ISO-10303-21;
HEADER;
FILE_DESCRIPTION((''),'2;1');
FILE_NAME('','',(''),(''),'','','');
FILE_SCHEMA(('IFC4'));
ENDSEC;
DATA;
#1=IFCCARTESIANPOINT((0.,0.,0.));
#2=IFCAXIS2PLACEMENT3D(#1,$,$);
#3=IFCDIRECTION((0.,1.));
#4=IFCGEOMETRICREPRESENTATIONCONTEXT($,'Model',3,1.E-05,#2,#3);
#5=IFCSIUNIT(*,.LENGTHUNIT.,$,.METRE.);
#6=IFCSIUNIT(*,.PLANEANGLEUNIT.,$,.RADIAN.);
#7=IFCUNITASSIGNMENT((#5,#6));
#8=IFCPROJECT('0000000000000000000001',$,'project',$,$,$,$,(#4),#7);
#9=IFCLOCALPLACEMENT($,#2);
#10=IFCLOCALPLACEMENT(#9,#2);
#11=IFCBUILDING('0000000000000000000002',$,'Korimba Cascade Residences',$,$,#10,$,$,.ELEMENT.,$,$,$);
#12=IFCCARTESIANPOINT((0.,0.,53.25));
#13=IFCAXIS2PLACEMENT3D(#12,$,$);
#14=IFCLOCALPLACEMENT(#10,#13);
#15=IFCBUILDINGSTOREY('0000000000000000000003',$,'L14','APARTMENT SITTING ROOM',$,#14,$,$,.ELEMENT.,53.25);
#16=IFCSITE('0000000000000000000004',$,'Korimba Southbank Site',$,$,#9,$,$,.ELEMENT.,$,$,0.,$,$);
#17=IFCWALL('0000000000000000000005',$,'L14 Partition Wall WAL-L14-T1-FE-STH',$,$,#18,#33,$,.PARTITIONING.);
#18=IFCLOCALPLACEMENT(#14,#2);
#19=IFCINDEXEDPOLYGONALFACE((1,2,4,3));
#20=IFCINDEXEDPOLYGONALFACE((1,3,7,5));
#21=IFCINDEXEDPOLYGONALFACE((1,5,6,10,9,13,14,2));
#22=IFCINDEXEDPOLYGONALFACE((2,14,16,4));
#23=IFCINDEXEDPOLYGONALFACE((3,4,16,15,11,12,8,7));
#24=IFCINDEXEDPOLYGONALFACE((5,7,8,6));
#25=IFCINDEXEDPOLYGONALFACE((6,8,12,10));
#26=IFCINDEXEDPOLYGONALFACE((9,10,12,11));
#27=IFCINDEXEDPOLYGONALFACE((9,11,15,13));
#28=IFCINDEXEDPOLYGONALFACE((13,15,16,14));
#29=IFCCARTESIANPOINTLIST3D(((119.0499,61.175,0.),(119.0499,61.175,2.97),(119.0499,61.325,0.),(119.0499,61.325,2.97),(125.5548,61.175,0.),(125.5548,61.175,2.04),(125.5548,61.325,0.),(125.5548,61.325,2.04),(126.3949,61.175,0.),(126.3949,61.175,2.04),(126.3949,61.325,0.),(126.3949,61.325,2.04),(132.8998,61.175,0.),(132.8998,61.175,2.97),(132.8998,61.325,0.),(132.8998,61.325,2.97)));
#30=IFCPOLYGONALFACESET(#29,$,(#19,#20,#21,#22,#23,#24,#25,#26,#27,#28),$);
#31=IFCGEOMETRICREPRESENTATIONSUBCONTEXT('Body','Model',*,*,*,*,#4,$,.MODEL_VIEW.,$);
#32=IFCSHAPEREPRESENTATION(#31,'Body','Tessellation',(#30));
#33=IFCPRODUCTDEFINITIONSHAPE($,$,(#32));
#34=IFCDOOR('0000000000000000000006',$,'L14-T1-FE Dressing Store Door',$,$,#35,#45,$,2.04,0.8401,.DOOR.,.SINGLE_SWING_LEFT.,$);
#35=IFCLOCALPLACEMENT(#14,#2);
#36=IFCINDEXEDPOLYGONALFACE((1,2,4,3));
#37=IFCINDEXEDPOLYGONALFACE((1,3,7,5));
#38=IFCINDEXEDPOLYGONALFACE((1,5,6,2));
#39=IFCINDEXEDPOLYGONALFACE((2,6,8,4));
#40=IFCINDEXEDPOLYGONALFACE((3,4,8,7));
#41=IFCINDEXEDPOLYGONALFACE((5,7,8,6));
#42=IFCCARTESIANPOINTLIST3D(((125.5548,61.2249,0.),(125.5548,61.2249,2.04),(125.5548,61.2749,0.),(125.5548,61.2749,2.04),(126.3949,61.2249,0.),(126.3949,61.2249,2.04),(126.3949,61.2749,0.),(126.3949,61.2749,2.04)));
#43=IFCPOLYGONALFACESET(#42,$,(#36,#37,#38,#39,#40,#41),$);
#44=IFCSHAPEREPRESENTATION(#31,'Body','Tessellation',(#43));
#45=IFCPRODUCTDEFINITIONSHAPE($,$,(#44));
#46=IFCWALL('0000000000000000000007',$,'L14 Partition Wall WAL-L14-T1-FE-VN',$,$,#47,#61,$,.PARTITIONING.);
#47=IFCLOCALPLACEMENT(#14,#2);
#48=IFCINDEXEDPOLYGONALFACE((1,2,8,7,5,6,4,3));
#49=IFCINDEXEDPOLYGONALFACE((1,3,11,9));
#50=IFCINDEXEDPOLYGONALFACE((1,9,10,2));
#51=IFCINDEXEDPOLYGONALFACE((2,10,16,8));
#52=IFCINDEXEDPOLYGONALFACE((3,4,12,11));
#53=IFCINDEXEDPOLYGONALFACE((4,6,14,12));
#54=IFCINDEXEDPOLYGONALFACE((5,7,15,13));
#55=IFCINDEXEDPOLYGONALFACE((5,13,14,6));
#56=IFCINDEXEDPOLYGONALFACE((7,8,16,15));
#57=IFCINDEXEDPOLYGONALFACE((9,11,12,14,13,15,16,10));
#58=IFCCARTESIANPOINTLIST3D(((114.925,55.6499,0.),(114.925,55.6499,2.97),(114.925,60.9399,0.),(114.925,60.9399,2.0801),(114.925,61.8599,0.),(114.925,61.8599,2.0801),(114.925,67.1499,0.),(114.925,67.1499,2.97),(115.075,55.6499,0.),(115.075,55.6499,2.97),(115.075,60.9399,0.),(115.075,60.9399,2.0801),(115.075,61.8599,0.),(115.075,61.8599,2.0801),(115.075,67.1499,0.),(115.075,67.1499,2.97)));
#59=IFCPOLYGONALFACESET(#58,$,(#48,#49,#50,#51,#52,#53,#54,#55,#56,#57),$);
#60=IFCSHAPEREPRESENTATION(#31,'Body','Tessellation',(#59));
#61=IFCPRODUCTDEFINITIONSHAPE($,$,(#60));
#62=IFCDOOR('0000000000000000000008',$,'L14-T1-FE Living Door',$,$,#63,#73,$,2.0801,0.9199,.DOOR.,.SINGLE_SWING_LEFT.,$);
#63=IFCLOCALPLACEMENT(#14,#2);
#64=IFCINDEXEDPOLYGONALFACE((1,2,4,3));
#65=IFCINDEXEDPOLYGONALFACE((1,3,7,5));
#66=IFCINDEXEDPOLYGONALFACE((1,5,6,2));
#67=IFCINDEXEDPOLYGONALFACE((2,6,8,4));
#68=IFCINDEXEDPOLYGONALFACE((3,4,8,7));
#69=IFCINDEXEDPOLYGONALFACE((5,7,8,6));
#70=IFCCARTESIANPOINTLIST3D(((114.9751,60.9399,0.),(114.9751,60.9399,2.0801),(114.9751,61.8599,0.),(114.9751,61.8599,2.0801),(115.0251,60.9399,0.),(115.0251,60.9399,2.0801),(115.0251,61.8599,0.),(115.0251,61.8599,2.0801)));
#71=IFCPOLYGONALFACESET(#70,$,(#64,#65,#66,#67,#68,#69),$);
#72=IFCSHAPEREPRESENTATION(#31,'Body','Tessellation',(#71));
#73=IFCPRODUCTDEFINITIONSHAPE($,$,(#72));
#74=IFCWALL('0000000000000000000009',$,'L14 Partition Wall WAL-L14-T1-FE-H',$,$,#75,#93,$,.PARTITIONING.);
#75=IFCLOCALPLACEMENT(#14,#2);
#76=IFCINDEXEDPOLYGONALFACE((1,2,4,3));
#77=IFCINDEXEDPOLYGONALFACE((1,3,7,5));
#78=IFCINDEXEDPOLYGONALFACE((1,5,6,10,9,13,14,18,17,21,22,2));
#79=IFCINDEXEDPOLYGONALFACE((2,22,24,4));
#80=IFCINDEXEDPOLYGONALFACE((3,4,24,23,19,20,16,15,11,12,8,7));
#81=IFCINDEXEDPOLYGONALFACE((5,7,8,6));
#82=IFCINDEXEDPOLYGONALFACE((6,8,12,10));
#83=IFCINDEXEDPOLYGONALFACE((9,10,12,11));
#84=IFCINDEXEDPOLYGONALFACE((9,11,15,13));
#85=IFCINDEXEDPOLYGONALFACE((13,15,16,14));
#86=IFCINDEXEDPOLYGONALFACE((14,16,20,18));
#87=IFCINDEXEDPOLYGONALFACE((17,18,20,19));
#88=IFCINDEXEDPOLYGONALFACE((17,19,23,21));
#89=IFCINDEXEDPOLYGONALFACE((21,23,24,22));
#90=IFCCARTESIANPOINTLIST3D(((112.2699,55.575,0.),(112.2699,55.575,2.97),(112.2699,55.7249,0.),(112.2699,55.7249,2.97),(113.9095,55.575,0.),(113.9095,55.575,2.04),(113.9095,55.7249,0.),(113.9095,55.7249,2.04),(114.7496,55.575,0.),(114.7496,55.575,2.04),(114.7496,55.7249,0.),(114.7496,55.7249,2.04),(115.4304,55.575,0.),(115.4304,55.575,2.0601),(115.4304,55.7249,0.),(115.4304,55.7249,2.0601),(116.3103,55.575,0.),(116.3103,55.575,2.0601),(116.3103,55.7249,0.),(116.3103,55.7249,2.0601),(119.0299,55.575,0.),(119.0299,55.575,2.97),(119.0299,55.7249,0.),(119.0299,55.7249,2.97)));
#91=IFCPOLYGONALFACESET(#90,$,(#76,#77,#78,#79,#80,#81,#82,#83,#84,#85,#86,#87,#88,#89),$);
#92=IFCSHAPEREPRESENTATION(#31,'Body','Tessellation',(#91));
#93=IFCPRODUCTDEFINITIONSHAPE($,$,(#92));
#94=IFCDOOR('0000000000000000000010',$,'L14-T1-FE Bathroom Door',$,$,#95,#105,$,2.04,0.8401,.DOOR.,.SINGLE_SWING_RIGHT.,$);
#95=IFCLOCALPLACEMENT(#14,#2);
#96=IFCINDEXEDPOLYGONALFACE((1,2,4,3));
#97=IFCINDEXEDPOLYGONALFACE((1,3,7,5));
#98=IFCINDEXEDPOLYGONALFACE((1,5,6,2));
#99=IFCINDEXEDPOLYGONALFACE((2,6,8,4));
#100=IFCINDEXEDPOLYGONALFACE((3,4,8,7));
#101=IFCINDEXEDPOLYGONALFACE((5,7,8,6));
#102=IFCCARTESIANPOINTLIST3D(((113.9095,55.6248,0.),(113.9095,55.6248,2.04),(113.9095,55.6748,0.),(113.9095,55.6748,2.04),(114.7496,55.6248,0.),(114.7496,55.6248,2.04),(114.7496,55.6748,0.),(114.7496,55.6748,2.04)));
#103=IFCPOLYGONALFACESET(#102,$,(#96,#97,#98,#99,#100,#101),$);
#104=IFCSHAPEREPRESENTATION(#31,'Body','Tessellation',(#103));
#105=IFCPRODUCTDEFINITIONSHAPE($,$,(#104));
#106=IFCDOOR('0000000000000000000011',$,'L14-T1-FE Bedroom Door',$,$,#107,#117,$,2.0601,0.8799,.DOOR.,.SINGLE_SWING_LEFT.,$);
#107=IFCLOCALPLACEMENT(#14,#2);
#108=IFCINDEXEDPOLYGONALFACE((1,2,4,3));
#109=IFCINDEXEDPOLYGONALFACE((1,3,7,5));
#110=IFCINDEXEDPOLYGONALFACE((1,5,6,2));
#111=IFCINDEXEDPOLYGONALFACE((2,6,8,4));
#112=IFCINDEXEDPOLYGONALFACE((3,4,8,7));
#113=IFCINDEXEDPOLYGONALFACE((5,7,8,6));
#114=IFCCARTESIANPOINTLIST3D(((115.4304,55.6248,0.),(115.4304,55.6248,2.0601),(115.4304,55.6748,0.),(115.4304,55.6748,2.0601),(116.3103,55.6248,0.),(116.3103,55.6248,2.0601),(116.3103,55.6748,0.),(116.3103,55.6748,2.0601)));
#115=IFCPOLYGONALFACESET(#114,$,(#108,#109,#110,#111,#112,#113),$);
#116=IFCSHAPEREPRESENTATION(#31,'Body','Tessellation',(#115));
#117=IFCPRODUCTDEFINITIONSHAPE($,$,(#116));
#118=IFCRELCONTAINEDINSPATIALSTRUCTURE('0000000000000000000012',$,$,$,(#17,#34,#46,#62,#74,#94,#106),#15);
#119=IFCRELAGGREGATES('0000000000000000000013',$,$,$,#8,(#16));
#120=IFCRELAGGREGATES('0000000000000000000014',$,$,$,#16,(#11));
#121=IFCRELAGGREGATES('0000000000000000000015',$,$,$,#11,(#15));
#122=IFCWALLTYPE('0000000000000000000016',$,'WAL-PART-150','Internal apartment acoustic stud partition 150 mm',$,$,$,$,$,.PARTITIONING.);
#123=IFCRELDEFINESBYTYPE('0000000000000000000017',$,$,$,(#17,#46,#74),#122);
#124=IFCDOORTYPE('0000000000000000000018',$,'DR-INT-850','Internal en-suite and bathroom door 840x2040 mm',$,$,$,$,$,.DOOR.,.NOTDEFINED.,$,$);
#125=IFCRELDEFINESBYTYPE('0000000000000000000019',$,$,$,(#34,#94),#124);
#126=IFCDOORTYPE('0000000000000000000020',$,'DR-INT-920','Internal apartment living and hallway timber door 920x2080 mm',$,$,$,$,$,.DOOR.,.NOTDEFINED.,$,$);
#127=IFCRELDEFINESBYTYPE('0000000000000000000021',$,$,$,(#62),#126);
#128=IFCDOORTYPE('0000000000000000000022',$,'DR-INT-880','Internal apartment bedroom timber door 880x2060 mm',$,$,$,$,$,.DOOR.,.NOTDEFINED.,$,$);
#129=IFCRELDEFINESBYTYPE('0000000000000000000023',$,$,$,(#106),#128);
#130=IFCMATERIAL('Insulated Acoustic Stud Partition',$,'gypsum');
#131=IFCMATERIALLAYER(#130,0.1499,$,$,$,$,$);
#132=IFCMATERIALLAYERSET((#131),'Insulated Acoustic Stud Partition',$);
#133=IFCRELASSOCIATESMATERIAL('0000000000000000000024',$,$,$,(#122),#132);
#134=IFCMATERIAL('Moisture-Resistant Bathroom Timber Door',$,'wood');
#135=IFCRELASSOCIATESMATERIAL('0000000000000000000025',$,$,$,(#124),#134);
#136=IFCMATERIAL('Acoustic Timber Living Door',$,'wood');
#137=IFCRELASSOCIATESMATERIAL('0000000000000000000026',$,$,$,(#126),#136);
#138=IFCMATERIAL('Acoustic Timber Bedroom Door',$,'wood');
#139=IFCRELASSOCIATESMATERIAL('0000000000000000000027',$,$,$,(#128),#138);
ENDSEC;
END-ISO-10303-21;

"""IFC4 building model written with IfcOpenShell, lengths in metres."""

from ifc_helpers import new_model, si_unit, direction, frame, frame_2d, origin, place, context, subcontext, project, spatial, rectangle, extrude, material, layer, layer_set, type_object, element, fill, save


model = new_model("IFC4")

# Units and contexts
model_context = context("Model", 3, precision=1e-05, world=origin(), true_north=direction((0.0, 1.0)))
body_context = subcontext(model_context, "Body", "Model", "MODEL_VIEW")
ifc_project = project(units=[si_unit("LENGTHUNIT", "METRE"), si_unit("PLANEANGLEUNIT", "RADIAN")], contexts=[model_context])

# Site, building, storey
site_placement = place(None, origin())
site = spatial("IfcSite", under=ifc_project, at=site_placement, Name="Korimba Southbank Site", CompositionType="ELEMENT", RefElevation=0.0)
building_placement = place(site_placement, origin())
building = spatial("IfcBuilding", under=site, at=building_placement, Name="Korimba Cascade Residences", CompositionType="ELEMENT")
storey_placement = place(building_placement, frame((0.0, 0.0, 53.25)))
storey = spatial("IfcBuildingStorey", under=building, at=storey_placement, Name="L14", Description="APARTMENT SITTING ROOM", CompositionType="ELEMENT", Elevation=53.25)

# Walls, openings, doors
ifc_material_1 = material(Name="Insulated Acoustic Stud Partition", Category="gypsum")
ifc_layer_1 = layer(ifc_material_1, 0.1499)
ifc_layer_set_1 = layer_set([ifc_layer_1], Name="Insulated Acoustic Stud Partition")
wall_type_1 = type_object("IfcWallType", Name="WAL-PART-150", Description="Internal apartment acoustic stud partition 150 mm", PredefinedType="PARTITIONING", material=ifc_layer_set_1)
wall_1_placement = place(storey_placement, frame((119.05, 61.25, 0.0), z_axis=(0.0, 0.0, 1.0), x_axis=(1.0, 0.0, 0.0)))
wall_1 = element("IfcWall", 1, at=wall_1_placement, inside=storey, type_object=wall_type_1, Name="L14 Partition Wall WAL-L14-T1-FE-STH", PredefinedType="PARTITIONING", context=body_context, shape_type="SweptSolid", body=[
    extrude(rectangle(XDim=13.8499, YDim=0.1499, at=frame_2d((6.9248, 0.0))), origin(), (0.0, 0.0, 1.0), 2.97),
])
opening_1_placement = place(wall_1_placement, frame((6.5049, 0.0, 0.0)))
opening_1 = element("IfcOpeningElement", 2, at=opening_1_placement, cuts=wall_1, PredefinedType="OPENING", context=body_context, shape_type="SweptSolid", body=[
    extrude(rectangle(XDim=0.8401, YDim=2.04, at=frame_2d((0.4199, 1.02))), frame((0.0, 0.085, 0.0), z_axis=(0.0, -1.0, 0.0), x_axis=(1.0, 0.0, 0.0)), (0.0, 0.0, 1.0), 0.1699),
])
ifc_material_2 = material(Name="Moisture-Resistant Bathroom Timber Door", Category="wood")
door_type_1 = type_object("IfcDoorType", Name="DR-INT-850", Description="Internal en-suite and bathroom door 840x2040 mm", OperationType="NOTDEFINED", PredefinedType="DOOR", material=ifc_material_2)
door_1_placement = place(opening_1_placement, origin())
door_1 = element("IfcDoor", 3, at=door_1_placement, inside=storey, type_object=door_type_1, Name="L14-T1-FE Dressing Store Door", OperationType="SINGLE_SWING_LEFT", OverallHeight=2.04, OverallWidth=0.8401, PredefinedType="DOOR", context=body_context, shape_type="SweptSolid", body=[
    extrude(rectangle(XDim=0.8401, YDim=2.04, at=frame_2d((0.4199, 1.02))), frame((0.0, 0.0249, 0.0), z_axis=(0.0, -1.0, 0.0), x_axis=(1.0, 0.0, 0.0)), (0.0, 0.0, 1.0), 0.05),
])
fill(opening_1, door_1)
wall_2_placement = place(storey_placement, frame((115.0, 55.6499, 0.0), z_axis=(0.0, 0.0, 1.0), x_axis=(0.0, 1.0, 0.0)))
wall_2 = element("IfcWall", 4, at=wall_2_placement, inside=storey, type_object=wall_type_1, Name="L14 Partition Wall WAL-L14-T1-FE-VN", PredefinedType="PARTITIONING", context=body_context, shape_type="SweptSolid", body=[
    extrude(rectangle(XDim=11.5, YDim=0.1499, at=frame_2d((5.75, 0.0))), origin(), (0.0, 0.0, 1.0), 2.97),
])
opening_2_placement = place(wall_2_placement, frame((5.29, 0.0, 0.0)))
opening_2 = element("IfcOpeningElement", 5, at=opening_2_placement, cuts=wall_2, PredefinedType="OPENING", context=body_context, shape_type="SweptSolid", body=[
    extrude(rectangle(XDim=0.9199, YDim=2.0801, at=frame_2d((0.46, 1.04))), frame((0.0, 0.085, 0.0), z_axis=(0.0, -1.0, 0.0), x_axis=(1.0, 0.0, 0.0)), (0.0, 0.0, 1.0), 0.1699),
])
ifc_material_3 = material(Name="Acoustic Timber Living Door", Category="wood")
door_type_2 = type_object("IfcDoorType", Name="DR-INT-920", Description="Internal apartment living and hallway timber door 920x2080 mm", OperationType="NOTDEFINED", PredefinedType="DOOR", material=ifc_material_3)
door_2_placement = place(opening_2_placement, origin())
door_2 = element("IfcDoor", 6, at=door_2_placement, inside=storey, type_object=door_type_2, Name="L14-T1-FE Living Door", OperationType="SINGLE_SWING_LEFT", OverallHeight=2.0801, OverallWidth=0.9199, PredefinedType="DOOR", context=body_context, shape_type="SweptSolid", body=[
    extrude(rectangle(XDim=0.9199, YDim=2.0801, at=frame_2d((0.46, 1.04))), frame((0.0, 0.0249, 0.0), z_axis=(0.0, -1.0, 0.0), x_axis=(1.0, 0.0, 0.0)), (0.0, 0.0, 1.0), 0.05),
])
fill(opening_2, door_2)

# Wall, openings, doors
wall_3_placement = place(storey_placement, frame((112.27, 55.6499, 0.0), z_axis=(0.0, 0.0, 1.0), x_axis=(1.0, 0.0, 0.0)))
wall_3 = element("IfcWall", 7, at=wall_3_placement, inside=storey, type_object=wall_type_1, Name="L14 Partition Wall WAL-L14-T1-FE-H", PredefinedType="PARTITIONING", context=body_context, shape_type="SweptSolid", body=[
    extrude(rectangle(XDim=6.76, YDim=0.1499, at=frame_2d((3.3799, 0.0))), origin(), (0.0, 0.0, 1.0), 2.97),
])
opening_3_placement = place(wall_3_placement, frame((1.6396, 0.0, 0.0)))
opening_3 = element("IfcOpeningElement", 8, at=opening_3_placement, cuts=wall_3, PredefinedType="OPENING", context=body_context, shape_type="SweptSolid", body=[
    extrude(rectangle(XDim=0.8401, YDim=2.04, at=frame_2d((0.4199, 1.02))), frame((0.0, 0.085, 0.0), z_axis=(0.0, -1.0, 0.0), x_axis=(1.0, 0.0, 0.0)), (0.0, 0.0, 1.0), 0.1699),
])
opening_4_placement = place(wall_3_placement, frame((3.1604, 0.0, 0.0)))
opening_4 = element("IfcOpeningElement", 9, at=opening_4_placement, cuts=wall_3, PredefinedType="OPENING", context=body_context, shape_type="SweptSolid", body=[
    extrude(rectangle(XDim=0.8799, YDim=2.0601, at=frame_2d((0.4399, 1.03))), frame((0.0, 0.085, 0.0), z_axis=(0.0, -1.0, 0.0), x_axis=(1.0, 0.0, 0.0)), (0.0, 0.0, 1.0), 0.1699),
])
door_3_placement = place(opening_3_placement, origin())
door_3 = element("IfcDoor", 10, at=door_3_placement, inside=storey, type_object=door_type_1, Name="L14-T1-FE Bathroom Door", OperationType="SINGLE_SWING_RIGHT", OverallHeight=2.04, OverallWidth=0.8401, PredefinedType="DOOR", context=body_context, shape_type="SweptSolid", body=[
    extrude(rectangle(XDim=0.8401, YDim=2.04, at=frame_2d((0.4199, 1.02))), frame((0.0, 0.0249, 0.0), z_axis=(0.0, -1.0, 0.0), x_axis=(1.0, 0.0, 0.0)), (0.0, 0.0, 1.0), 0.05),
])
fill(opening_3, door_3)
ifc_material_4 = material(Name="Acoustic Timber Bedroom Door", Category="wood")
door_type_3 = type_object("IfcDoorType", Name="DR-INT-880", Description="Internal apartment bedroom timber door 880x2060 mm", OperationType="NOTDEFINED", PredefinedType="DOOR", material=ifc_material_4)
door_4_placement = place(opening_4_placement, origin())
door_4 = element("IfcDoor", 11, at=door_4_placement, inside=storey, type_object=door_type_3, Name="L14-T1-FE Bedroom Door", OperationType="SINGLE_SWING_LEFT", OverallHeight=2.0601, OverallWidth=0.8799, PredefinedType="DOOR", context=body_context, shape_type="SweptSolid", body=[
    extrude(rectangle(XDim=0.8799, YDim=2.0601, at=frame_2d((0.4399, 1.03))), frame((0.0, 0.0249, 0.0), z_axis=(0.0, -1.0, 0.0), x_axis=(1.0, 0.0, 0.0)), (0.0, 0.0, 1.0), 0.05),
])
fill(opening_4, door_4)

save(model, "model.ifc")
